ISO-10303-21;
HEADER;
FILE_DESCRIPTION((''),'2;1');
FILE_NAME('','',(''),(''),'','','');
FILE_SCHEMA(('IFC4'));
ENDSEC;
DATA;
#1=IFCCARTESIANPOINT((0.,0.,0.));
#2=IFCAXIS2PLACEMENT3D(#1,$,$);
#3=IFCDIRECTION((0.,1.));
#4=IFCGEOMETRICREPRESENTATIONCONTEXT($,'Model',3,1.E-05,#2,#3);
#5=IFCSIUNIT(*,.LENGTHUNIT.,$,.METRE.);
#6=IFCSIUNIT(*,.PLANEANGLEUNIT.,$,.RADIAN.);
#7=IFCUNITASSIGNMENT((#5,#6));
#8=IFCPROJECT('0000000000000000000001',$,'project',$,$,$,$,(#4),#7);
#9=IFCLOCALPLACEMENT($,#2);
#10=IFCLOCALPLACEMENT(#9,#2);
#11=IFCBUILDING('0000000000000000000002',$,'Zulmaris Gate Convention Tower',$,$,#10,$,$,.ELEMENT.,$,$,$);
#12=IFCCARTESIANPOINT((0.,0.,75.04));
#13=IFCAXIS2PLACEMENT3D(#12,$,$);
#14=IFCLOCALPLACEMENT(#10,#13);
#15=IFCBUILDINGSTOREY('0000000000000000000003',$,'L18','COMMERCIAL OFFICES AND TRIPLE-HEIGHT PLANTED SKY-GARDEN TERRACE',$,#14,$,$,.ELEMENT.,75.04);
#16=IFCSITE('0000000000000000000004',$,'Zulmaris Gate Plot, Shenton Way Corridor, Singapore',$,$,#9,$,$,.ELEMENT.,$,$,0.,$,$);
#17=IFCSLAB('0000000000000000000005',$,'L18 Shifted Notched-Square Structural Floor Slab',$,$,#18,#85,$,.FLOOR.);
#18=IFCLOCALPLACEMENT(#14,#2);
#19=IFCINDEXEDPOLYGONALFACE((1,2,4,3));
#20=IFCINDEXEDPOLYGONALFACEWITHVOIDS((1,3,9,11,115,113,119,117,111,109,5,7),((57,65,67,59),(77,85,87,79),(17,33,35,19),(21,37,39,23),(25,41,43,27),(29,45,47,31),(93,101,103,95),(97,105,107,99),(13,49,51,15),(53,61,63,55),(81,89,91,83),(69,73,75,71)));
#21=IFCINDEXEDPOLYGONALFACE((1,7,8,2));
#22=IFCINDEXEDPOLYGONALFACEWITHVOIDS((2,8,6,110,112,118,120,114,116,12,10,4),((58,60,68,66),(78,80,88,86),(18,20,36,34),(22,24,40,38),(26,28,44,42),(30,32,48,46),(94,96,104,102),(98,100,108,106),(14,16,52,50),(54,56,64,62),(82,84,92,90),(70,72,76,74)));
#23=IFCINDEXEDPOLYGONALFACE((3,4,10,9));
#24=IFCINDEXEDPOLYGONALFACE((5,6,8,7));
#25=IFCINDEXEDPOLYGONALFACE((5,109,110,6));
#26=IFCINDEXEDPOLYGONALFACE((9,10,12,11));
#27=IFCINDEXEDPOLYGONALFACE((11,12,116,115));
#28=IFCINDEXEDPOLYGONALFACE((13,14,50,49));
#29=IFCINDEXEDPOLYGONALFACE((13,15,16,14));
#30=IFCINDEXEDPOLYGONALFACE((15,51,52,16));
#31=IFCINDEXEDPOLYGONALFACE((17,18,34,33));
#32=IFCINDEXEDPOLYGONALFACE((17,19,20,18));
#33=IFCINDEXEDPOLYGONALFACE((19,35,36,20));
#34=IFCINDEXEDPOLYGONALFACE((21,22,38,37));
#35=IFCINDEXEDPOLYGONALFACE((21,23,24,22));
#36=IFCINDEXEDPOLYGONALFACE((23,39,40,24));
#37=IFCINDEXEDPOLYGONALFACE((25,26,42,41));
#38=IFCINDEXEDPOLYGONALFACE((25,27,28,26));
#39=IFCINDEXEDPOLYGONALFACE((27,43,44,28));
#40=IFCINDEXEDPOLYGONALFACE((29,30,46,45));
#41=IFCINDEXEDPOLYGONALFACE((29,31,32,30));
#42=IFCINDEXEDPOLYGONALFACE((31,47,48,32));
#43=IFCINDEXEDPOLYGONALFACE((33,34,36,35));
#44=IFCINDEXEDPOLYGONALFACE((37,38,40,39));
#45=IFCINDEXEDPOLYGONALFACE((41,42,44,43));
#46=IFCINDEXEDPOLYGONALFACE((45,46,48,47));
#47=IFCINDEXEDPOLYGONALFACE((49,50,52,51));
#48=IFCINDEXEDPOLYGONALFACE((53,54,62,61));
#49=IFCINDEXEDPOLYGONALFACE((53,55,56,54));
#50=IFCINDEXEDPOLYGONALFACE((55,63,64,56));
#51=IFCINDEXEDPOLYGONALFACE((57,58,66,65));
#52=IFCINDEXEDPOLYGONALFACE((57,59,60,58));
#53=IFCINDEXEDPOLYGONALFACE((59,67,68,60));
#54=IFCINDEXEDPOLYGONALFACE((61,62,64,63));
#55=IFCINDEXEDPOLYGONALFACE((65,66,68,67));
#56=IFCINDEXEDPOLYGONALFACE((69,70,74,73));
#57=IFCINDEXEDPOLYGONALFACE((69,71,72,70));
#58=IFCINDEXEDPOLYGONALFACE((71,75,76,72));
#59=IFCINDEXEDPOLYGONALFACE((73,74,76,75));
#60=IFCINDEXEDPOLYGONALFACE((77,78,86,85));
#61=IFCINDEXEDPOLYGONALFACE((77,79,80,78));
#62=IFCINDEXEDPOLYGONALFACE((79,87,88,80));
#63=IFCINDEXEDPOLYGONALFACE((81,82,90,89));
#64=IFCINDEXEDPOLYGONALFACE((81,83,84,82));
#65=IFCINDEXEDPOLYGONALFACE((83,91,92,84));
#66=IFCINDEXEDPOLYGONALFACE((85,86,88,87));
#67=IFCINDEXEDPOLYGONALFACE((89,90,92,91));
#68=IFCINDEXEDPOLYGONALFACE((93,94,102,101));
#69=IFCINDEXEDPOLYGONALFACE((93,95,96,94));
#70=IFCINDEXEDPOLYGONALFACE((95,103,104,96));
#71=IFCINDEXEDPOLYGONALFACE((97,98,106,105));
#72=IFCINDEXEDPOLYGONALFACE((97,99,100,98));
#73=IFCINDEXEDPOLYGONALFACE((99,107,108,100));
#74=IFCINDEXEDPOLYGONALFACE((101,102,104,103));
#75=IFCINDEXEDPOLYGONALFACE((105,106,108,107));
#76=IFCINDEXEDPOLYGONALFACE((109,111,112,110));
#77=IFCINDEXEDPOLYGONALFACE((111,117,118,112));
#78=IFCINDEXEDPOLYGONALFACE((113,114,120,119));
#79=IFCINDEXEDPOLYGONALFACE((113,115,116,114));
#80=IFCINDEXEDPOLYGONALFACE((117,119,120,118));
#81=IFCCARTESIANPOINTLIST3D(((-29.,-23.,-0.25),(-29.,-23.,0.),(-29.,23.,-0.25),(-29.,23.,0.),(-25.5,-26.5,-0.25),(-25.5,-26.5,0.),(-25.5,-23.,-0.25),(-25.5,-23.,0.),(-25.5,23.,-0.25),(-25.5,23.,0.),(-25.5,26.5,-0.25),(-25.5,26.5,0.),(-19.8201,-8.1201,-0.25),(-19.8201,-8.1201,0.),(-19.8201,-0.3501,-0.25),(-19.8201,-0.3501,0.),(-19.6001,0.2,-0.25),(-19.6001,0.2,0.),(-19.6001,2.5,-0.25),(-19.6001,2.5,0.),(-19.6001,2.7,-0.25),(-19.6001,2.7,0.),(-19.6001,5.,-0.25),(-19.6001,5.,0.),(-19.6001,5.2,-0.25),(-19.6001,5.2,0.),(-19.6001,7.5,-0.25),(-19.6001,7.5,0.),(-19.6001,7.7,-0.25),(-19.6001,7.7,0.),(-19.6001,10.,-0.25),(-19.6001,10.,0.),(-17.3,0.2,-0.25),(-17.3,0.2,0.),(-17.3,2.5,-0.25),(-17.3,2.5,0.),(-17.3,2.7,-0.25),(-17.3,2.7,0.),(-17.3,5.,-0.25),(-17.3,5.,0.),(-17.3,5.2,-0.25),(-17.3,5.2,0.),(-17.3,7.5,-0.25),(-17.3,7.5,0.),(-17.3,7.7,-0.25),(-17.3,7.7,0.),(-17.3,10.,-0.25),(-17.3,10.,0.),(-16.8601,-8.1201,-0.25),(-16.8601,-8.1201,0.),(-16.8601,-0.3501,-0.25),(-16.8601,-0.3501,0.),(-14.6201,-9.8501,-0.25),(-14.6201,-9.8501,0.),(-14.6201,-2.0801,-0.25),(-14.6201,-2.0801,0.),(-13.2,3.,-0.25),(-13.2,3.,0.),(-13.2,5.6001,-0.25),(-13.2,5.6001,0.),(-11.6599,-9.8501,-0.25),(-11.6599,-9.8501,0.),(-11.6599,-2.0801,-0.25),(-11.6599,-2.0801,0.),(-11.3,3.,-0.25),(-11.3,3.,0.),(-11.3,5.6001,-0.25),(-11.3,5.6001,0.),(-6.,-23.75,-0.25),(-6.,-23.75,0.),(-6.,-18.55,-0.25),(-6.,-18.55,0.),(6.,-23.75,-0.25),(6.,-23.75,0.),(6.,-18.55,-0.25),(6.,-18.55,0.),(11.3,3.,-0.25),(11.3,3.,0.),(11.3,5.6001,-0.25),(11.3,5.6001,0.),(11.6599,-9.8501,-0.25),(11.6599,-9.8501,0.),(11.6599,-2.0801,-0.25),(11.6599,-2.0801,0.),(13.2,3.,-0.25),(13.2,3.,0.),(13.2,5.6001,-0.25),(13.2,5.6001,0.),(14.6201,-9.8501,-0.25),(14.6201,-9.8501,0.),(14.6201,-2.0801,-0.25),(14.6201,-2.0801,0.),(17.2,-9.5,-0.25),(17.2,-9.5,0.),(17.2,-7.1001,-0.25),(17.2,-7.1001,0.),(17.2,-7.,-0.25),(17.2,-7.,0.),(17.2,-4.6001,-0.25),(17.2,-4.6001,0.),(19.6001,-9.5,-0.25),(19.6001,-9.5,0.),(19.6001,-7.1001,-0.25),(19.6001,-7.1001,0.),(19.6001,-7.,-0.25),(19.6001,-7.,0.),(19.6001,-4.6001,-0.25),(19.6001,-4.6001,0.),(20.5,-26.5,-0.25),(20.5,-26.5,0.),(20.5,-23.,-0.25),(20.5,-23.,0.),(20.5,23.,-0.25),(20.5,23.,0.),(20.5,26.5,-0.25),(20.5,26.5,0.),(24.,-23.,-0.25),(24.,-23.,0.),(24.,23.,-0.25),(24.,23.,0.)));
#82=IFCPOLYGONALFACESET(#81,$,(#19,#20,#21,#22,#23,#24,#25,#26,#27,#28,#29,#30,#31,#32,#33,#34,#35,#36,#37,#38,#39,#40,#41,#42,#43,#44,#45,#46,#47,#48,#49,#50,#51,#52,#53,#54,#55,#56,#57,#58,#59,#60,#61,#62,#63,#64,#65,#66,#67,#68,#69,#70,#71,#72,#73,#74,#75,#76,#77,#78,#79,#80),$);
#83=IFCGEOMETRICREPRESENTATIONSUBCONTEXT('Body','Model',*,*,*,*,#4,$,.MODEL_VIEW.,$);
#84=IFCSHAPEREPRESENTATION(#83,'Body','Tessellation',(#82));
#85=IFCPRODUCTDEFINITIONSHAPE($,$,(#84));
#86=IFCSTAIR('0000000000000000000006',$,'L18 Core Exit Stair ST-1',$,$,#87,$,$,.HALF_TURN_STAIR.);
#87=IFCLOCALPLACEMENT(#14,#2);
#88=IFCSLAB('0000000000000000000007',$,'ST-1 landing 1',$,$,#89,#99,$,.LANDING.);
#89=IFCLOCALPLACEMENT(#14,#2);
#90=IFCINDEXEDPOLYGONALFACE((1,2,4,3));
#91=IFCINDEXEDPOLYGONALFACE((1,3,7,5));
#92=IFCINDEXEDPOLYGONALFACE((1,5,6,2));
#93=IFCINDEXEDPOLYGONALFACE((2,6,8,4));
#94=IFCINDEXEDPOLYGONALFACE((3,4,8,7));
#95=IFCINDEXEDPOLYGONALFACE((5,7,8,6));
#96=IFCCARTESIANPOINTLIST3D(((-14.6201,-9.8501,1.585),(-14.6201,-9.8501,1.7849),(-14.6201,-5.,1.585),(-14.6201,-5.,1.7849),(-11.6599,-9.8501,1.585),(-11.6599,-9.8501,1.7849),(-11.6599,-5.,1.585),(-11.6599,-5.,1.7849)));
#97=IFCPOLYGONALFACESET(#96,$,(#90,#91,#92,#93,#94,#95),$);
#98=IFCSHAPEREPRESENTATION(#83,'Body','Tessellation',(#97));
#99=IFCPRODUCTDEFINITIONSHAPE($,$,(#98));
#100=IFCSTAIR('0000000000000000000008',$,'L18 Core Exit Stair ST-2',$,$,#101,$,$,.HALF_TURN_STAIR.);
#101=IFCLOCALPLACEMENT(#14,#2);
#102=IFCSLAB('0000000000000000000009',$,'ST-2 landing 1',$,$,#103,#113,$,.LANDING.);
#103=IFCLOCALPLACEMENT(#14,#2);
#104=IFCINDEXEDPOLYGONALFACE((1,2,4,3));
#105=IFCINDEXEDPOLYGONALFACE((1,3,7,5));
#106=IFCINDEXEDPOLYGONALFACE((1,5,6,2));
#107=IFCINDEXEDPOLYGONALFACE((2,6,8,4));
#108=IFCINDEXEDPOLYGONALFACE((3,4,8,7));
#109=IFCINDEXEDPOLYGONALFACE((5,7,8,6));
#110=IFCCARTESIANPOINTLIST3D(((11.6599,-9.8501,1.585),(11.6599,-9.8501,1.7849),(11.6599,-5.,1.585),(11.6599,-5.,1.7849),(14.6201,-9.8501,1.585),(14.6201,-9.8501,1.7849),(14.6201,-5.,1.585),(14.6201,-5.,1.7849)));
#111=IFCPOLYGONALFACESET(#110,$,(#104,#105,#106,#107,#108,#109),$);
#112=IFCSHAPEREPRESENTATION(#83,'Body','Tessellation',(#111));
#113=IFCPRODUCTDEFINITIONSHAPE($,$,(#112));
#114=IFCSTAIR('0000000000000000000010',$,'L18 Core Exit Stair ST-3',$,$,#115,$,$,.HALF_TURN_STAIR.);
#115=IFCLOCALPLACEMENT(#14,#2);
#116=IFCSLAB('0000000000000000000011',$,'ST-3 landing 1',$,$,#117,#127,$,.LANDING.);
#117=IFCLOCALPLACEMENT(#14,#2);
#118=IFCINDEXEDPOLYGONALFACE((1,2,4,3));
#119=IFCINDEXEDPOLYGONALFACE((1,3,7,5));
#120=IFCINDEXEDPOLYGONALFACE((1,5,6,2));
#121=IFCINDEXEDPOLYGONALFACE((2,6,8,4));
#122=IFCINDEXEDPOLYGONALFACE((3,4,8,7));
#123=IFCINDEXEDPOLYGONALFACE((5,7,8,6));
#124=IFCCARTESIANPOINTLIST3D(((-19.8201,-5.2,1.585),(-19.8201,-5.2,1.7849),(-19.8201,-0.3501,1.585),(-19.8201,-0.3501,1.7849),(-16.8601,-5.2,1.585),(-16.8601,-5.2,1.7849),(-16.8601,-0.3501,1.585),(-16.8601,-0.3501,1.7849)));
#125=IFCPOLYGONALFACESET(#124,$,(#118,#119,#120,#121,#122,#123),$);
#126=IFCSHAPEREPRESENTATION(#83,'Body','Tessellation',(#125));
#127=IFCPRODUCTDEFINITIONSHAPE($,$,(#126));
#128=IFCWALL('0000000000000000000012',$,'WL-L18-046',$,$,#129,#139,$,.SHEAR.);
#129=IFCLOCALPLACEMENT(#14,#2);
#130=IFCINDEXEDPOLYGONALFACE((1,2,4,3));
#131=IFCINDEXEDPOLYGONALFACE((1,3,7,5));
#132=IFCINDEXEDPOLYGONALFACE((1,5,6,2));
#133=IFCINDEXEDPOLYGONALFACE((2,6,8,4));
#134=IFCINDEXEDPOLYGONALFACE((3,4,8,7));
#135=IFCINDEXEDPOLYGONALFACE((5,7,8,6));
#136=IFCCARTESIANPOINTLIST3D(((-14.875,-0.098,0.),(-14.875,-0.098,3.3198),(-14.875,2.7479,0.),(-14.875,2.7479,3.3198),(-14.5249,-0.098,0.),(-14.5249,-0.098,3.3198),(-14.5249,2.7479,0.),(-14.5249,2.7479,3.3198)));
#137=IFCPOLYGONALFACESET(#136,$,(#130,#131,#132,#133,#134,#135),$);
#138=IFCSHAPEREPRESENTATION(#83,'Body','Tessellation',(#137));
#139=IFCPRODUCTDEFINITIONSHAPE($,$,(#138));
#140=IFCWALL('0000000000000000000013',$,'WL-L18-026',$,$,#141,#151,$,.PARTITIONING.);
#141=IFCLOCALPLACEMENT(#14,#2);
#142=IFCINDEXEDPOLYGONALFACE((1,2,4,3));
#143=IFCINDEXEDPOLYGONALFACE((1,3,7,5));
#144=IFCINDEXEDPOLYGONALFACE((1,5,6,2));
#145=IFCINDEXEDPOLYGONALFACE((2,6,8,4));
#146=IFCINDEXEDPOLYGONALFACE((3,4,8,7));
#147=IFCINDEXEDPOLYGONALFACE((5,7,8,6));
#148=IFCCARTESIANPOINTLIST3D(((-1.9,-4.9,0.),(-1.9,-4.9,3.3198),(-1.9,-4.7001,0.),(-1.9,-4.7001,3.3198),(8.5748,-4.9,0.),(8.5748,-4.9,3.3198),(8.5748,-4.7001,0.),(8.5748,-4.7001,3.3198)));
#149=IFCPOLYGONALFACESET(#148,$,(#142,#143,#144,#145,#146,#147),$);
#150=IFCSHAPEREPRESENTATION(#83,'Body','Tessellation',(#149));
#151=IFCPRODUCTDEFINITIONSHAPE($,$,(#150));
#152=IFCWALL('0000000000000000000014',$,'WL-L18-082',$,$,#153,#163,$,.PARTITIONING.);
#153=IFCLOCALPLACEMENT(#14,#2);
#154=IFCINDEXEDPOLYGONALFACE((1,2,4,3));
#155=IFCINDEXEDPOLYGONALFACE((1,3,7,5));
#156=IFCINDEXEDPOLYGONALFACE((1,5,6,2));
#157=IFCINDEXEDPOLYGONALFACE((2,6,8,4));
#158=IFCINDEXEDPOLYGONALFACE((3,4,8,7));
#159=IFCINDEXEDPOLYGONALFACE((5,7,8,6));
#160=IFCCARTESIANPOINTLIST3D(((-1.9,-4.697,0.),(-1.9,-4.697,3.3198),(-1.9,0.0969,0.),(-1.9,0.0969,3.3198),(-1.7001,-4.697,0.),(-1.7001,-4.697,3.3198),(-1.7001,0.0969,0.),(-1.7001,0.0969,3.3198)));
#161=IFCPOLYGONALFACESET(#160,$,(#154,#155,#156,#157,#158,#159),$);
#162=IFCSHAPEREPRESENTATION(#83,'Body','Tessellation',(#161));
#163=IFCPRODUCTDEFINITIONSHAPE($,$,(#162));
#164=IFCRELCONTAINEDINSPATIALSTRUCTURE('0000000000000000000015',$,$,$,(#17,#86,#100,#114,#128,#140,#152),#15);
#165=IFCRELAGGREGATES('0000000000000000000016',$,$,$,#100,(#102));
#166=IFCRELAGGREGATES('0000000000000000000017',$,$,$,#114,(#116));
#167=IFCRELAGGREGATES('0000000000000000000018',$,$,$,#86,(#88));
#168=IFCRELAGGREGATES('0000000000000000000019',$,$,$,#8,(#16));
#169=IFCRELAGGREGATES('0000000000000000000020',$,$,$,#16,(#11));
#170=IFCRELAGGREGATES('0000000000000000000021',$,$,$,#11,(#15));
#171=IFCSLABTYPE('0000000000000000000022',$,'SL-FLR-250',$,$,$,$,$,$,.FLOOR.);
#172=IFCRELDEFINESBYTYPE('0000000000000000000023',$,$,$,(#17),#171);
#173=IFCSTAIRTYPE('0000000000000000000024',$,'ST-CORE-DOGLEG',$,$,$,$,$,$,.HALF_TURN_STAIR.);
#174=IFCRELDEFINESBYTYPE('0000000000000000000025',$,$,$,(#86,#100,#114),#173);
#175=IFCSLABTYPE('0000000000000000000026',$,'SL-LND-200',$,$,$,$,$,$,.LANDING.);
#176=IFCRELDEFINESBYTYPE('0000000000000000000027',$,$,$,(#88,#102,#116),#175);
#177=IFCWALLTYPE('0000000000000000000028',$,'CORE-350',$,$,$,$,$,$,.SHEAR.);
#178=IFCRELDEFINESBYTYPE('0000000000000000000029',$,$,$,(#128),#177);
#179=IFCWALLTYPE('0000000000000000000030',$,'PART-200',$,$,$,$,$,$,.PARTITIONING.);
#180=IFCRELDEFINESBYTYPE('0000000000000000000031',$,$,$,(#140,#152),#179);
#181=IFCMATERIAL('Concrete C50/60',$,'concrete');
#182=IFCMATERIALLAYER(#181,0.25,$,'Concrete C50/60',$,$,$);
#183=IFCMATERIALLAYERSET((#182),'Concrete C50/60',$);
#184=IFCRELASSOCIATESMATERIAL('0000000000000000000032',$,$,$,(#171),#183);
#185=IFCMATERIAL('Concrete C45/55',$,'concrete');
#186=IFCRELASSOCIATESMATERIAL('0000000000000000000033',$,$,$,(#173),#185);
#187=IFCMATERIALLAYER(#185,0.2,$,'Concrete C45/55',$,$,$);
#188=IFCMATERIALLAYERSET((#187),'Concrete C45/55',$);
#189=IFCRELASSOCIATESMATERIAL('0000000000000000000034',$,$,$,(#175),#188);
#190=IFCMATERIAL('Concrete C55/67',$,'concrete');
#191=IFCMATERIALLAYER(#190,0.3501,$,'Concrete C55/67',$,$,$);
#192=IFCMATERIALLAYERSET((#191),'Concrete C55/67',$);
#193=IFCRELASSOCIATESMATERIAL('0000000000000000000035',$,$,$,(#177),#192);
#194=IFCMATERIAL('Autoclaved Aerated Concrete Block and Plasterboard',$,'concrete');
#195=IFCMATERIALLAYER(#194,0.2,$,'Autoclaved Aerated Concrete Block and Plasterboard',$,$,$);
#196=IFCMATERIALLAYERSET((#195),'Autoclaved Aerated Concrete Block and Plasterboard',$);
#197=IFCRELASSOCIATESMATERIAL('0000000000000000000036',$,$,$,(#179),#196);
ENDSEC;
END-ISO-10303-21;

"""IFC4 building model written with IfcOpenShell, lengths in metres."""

from ifc_helpers import new_model, si_unit, direction, frame, frame_2d, origin, place, context, subcontext, project, spatial, polyline, rectangle, outline, extrude, material, layer, layer_set, type_object, element, aggregate, save


model = new_model("IFC4")

# Units and contexts
model_context = context("Model", 3, precision=1e-05, world=origin(), true_north=direction((0.0, 1.0)))
body_context = subcontext(model_context, "Body", "Model", "MODEL_VIEW")
ifc_project = project(units=[si_unit("LENGTHUNIT", "METRE"), si_unit("PLANEANGLEUNIT", "RADIAN")], contexts=[model_context])

# Site, building, storey
site_placement = place(None, origin())
site = spatial("IfcSite", under=ifc_project, at=site_placement, Name="Zulmaris Gate Plot, Shenton Way Corridor, Singapore", CompositionType="ELEMENT", RefElevation=0.0)
building_placement = place(site_placement, origin())
building = spatial("IfcBuilding", under=site, at=building_placement, Name="Zulmaris Gate Convention Tower", CompositionType="ELEMENT")
storey_placement = place(building_placement, frame((0.0, 0.0, 75.04)))
storey = spatial("IfcBuildingStorey", under=building, at=storey_placement, Name="L18", Description="COMMERCIAL OFFICES AND TRIPLE-HEIGHT PLANTED SKY-GARDEN TERRACE", CompositionType="ELEMENT", Elevation=75.04)

# Slab
ifc_material_1 = material(Name="Concrete C50/60", Category="concrete")
ifc_layer_1 = layer(ifc_material_1, 0.25, Name="Concrete C50/60")
ifc_layer_set_1 = layer_set([ifc_layer_1], Name="Concrete C50/60")
slab_type_1 = type_object("IfcSlabType", Name="SL-FLR-250", PredefinedType="FLOOR", material=ifc_layer_set_1)
slab_1_placement = place(storey_placement, frame((0.0, 0.0, -0.25)))
element("IfcSlab", 1, at=slab_1_placement, inside=storey, type_object=slab_type_1, Name="L18 Shifted Notched-Square Structural Floor Slab", PredefinedType="FLOOR", context=body_context, shape_type="SweptSolid", body=[
    extrude(outline(polyline([(-25.5, -26.5), (20.5, -26.5), (20.5, -23.0), (24.0, -23.0), (24.0, 23.0), (20.5, 23.0), (20.5, 26.5), (-25.5, 26.5), (-25.5, 23.0), (-29.0, 23.0), (-29.0, -23.0), (-25.5, -23.0), (-25.5, -26.5)]), holes=[polyline([(-14.6201, -2.0801), (-14.6201, -9.8501), (-11.6599, -9.8501), (-11.6599, -2.0801), (-14.6201, -2.0801)]), polyline([(11.6599, -2.0801), (11.6599, -9.8501), (14.6201, -9.8501), (14.6201, -2.0801), (11.6599, -2.0801)]), polyline([(-16.8601, -8.1201), (-16.8601, -0.3501), (-19.8201, -0.3501), (-19.8201, -8.1201), (-16.8601, -8.1201)]), polyline([(-13.2, 3.0), (-11.3, 3.0), (-11.3, 5.6001), (-13.2, 5.6001), (-13.2, 3.0)]), polyline([(11.3, 3.0), (13.2, 3.0), (13.2, 5.6001), (11.3, 5.6001), (11.3, 3.0)]), polyline([(-19.6001, 0.2), (-17.3, 0.2), (-17.3, 2.5), (-19.6001, 2.5), (-19.6001, 0.2)]), polyline([(-19.6001, 2.7), (-17.3, 2.7), (-17.3, 5.0), (-19.6001, 5.0), (-19.6001, 2.7)]), polyline([(-19.6001, 5.2), (-17.3, 5.2), (-17.3, 7.5), (-19.6001, 7.5), (-19.6001, 5.2)]), polyline([(-19.6001, 7.7), (-17.3, 7.7), (-17.3, 10.0), (-19.6001, 10.0), (-19.6001, 7.7)]), polyline([(17.2, -9.5), (19.6001, -9.5), (19.6001, -7.1001), (17.2, -7.1001), (17.2, -9.5)]), polyline([(17.2, -7.0), (19.6001, -7.0), (19.6001, -4.6001), (17.2, -4.6001), (17.2, -7.0)]), polyline([(-6.0, -23.75), (6.0, -23.75), (6.0, -18.55), (-6.0, -18.55), (-6.0, -23.75)])]), origin(), (0.0, 0.0, 1.0), 0.25),
])

# Stairs, slabs
ifc_material_2 = material(Name="Concrete C45/55", Category="concrete")
stair_type = type_object("IfcStairType", Name="ST-CORE-DOGLEG", PredefinedType="HALF_TURN_STAIR", material=ifc_material_2)
stair_1_placement = place(storey_placement, origin())
stair_1 = element("IfcStair", 2, at=stair_1_placement, inside=storey, type_object=stair_type, Name="L18 Core Exit Stair ST-1", PredefinedType="HALF_TURN_STAIR")
ifc_layer_2 = layer(ifc_material_2, 0.2, Name="Concrete C45/55")
ifc_layer_set_2 = layer_set([ifc_layer_2], Name="Concrete C45/55")
slab_type_2 = type_object("IfcSlabType", Name="SL-LND-200", PredefinedType="LANDING", material=ifc_layer_set_2)
slab_2_placement = place(storey_placement, frame((0.0, 0.0, 1.585)))
slab_2 = element("IfcSlab", 3, at=slab_2_placement, type_object=slab_type_2, Name="ST-1 landing 1", PredefinedType="LANDING", context=body_context, shape_type="SweptSolid", body=[
    extrude(outline(polyline([(-14.6201, -5.0), (-14.6201, -9.8501), (-11.6599, -9.8501), (-11.6599, -5.0), (-14.6201, -5.0)])), origin(), (0.0, 0.0, 1.0), 0.2),
])
stair_2_placement = place(storey_placement, origin())
stair_2 = element("IfcStair", 4, at=stair_2_placement, inside=storey, type_object=stair_type, Name="L18 Core Exit Stair ST-2", PredefinedType="HALF_TURN_STAIR")
slab_3_placement = place(storey_placement, frame((0.0, 0.0, 1.585)))
slab_3 = element("IfcSlab", 5, at=slab_3_placement, type_object=slab_type_2, Name="ST-2 landing 1", PredefinedType="LANDING", context=body_context, shape_type="SweptSolid", body=[
    extrude(outline(polyline([(11.6599, -5.0), (11.6599, -9.8501), (14.6201, -9.8501), (14.6201, -5.0), (11.6599, -5.0)])), origin(), (0.0, 0.0, 1.0), 0.2),
])
aggregate(stair_2, [slab_3])
stair_3_placement = place(storey_placement, origin())
stair_3 = element("IfcStair", 6, at=stair_3_placement, inside=storey, type_object=stair_type, Name="L18 Core Exit Stair ST-3", PredefinedType="HALF_TURN_STAIR")
slab_4_placement = place(storey_placement, frame((0.0, 0.0, 1.585)))
slab_4 = element("IfcSlab", 7, at=slab_4_placement, type_object=slab_type_2, Name="ST-3 landing 1", PredefinedType="LANDING", context=body_context, shape_type="SweptSolid", body=[
    extrude(outline(polyline([(-16.8601, -5.2), (-16.8601, -0.3501), (-19.8201, -0.3501), (-19.8201, -5.2), (-16.8601, -5.2)])), origin(), (0.0, 0.0, 1.0), 0.2),
])
aggregate(stair_3, [slab_4])

# Walls
ifc_material_3 = material(Name="Concrete C55/67", Category="concrete")
ifc_layer_3 = layer(ifc_material_3, 0.3501, Name="Concrete C55/67")
ifc_layer_set_3 = layer_set([ifc_layer_3], Name="Concrete C55/67")
wall_type_1 = type_object("IfcWallType", Name="CORE-350", PredefinedType="SHEAR", material=ifc_layer_set_3)
wall_1_placement = place(storey_placement, frame((-14.7, -0.0979, 0.0), z_axis=(0.0, 0.0, 1.0), x_axis=(0.0, 1.0, 0.0)))
element("IfcWall", 8, at=wall_1_placement, inside=storey, type_object=wall_type_1, Name="WL-L18-046", PredefinedType="SHEAR", context=body_context, shape_type="SweptSolid", body=[
    extrude(rectangle(XDim=2.8459, YDim=0.3501, at=frame_2d((1.4229, 0.0))), origin(), (0.0, 0.0, 1.0), 3.3198),
])
ifc_material_4 = material(Name="Autoclaved Aerated Concrete Block and Plasterboard", Category="concrete")
ifc_layer_4 = layer(ifc_material_4, 0.2, Name="Autoclaved Aerated Concrete Block and Plasterboard")
ifc_layer_set_4 = layer_set([ifc_layer_4], Name="Autoclaved Aerated Concrete Block and Plasterboard")
wall_type_2 = type_object("IfcWallType", Name="PART-200", PredefinedType="PARTITIONING", material=ifc_layer_set_4)
wall_2_placement = place(storey_placement, frame((-1.8999, -4.8, 0.0), z_axis=(0.0, 0.0, 1.0), x_axis=(1.0, 0.0, 0.0)))
element("IfcWall", 9, at=wall_2_placement, inside=storey, type_object=wall_type_2, Name="WL-L18-026", PredefinedType="PARTITIONING", context=body_context, shape_type="SweptSolid", body=[
    extrude(rectangle(XDim=10.4749, YDim=0.2, at=frame_2d((5.2373, 0.0))), origin(), (0.0, 0.0, 1.0), 3.3198),
])
wall_3_placement = place(storey_placement, frame((-1.8, -4.697, 0.0), z_axis=(0.0, 0.0, 1.0), x_axis=(0.0, 1.0, 0.0)))
element("IfcWall", 10, at=wall_3_placement, inside=storey, type_object=wall_type_2, Name="WL-L18-082", PredefinedType="PARTITIONING", context=body_context, shape_type="SweptSolid", body=[
    extrude(rectangle(XDim=4.7939, YDim=0.2, at=frame_2d((2.397, 0.0))), origin(), (0.0, 0.0, 1.0), 3.3198),
])

aggregate(stair_1, [slab_2])

save(model, "model.ifc")
